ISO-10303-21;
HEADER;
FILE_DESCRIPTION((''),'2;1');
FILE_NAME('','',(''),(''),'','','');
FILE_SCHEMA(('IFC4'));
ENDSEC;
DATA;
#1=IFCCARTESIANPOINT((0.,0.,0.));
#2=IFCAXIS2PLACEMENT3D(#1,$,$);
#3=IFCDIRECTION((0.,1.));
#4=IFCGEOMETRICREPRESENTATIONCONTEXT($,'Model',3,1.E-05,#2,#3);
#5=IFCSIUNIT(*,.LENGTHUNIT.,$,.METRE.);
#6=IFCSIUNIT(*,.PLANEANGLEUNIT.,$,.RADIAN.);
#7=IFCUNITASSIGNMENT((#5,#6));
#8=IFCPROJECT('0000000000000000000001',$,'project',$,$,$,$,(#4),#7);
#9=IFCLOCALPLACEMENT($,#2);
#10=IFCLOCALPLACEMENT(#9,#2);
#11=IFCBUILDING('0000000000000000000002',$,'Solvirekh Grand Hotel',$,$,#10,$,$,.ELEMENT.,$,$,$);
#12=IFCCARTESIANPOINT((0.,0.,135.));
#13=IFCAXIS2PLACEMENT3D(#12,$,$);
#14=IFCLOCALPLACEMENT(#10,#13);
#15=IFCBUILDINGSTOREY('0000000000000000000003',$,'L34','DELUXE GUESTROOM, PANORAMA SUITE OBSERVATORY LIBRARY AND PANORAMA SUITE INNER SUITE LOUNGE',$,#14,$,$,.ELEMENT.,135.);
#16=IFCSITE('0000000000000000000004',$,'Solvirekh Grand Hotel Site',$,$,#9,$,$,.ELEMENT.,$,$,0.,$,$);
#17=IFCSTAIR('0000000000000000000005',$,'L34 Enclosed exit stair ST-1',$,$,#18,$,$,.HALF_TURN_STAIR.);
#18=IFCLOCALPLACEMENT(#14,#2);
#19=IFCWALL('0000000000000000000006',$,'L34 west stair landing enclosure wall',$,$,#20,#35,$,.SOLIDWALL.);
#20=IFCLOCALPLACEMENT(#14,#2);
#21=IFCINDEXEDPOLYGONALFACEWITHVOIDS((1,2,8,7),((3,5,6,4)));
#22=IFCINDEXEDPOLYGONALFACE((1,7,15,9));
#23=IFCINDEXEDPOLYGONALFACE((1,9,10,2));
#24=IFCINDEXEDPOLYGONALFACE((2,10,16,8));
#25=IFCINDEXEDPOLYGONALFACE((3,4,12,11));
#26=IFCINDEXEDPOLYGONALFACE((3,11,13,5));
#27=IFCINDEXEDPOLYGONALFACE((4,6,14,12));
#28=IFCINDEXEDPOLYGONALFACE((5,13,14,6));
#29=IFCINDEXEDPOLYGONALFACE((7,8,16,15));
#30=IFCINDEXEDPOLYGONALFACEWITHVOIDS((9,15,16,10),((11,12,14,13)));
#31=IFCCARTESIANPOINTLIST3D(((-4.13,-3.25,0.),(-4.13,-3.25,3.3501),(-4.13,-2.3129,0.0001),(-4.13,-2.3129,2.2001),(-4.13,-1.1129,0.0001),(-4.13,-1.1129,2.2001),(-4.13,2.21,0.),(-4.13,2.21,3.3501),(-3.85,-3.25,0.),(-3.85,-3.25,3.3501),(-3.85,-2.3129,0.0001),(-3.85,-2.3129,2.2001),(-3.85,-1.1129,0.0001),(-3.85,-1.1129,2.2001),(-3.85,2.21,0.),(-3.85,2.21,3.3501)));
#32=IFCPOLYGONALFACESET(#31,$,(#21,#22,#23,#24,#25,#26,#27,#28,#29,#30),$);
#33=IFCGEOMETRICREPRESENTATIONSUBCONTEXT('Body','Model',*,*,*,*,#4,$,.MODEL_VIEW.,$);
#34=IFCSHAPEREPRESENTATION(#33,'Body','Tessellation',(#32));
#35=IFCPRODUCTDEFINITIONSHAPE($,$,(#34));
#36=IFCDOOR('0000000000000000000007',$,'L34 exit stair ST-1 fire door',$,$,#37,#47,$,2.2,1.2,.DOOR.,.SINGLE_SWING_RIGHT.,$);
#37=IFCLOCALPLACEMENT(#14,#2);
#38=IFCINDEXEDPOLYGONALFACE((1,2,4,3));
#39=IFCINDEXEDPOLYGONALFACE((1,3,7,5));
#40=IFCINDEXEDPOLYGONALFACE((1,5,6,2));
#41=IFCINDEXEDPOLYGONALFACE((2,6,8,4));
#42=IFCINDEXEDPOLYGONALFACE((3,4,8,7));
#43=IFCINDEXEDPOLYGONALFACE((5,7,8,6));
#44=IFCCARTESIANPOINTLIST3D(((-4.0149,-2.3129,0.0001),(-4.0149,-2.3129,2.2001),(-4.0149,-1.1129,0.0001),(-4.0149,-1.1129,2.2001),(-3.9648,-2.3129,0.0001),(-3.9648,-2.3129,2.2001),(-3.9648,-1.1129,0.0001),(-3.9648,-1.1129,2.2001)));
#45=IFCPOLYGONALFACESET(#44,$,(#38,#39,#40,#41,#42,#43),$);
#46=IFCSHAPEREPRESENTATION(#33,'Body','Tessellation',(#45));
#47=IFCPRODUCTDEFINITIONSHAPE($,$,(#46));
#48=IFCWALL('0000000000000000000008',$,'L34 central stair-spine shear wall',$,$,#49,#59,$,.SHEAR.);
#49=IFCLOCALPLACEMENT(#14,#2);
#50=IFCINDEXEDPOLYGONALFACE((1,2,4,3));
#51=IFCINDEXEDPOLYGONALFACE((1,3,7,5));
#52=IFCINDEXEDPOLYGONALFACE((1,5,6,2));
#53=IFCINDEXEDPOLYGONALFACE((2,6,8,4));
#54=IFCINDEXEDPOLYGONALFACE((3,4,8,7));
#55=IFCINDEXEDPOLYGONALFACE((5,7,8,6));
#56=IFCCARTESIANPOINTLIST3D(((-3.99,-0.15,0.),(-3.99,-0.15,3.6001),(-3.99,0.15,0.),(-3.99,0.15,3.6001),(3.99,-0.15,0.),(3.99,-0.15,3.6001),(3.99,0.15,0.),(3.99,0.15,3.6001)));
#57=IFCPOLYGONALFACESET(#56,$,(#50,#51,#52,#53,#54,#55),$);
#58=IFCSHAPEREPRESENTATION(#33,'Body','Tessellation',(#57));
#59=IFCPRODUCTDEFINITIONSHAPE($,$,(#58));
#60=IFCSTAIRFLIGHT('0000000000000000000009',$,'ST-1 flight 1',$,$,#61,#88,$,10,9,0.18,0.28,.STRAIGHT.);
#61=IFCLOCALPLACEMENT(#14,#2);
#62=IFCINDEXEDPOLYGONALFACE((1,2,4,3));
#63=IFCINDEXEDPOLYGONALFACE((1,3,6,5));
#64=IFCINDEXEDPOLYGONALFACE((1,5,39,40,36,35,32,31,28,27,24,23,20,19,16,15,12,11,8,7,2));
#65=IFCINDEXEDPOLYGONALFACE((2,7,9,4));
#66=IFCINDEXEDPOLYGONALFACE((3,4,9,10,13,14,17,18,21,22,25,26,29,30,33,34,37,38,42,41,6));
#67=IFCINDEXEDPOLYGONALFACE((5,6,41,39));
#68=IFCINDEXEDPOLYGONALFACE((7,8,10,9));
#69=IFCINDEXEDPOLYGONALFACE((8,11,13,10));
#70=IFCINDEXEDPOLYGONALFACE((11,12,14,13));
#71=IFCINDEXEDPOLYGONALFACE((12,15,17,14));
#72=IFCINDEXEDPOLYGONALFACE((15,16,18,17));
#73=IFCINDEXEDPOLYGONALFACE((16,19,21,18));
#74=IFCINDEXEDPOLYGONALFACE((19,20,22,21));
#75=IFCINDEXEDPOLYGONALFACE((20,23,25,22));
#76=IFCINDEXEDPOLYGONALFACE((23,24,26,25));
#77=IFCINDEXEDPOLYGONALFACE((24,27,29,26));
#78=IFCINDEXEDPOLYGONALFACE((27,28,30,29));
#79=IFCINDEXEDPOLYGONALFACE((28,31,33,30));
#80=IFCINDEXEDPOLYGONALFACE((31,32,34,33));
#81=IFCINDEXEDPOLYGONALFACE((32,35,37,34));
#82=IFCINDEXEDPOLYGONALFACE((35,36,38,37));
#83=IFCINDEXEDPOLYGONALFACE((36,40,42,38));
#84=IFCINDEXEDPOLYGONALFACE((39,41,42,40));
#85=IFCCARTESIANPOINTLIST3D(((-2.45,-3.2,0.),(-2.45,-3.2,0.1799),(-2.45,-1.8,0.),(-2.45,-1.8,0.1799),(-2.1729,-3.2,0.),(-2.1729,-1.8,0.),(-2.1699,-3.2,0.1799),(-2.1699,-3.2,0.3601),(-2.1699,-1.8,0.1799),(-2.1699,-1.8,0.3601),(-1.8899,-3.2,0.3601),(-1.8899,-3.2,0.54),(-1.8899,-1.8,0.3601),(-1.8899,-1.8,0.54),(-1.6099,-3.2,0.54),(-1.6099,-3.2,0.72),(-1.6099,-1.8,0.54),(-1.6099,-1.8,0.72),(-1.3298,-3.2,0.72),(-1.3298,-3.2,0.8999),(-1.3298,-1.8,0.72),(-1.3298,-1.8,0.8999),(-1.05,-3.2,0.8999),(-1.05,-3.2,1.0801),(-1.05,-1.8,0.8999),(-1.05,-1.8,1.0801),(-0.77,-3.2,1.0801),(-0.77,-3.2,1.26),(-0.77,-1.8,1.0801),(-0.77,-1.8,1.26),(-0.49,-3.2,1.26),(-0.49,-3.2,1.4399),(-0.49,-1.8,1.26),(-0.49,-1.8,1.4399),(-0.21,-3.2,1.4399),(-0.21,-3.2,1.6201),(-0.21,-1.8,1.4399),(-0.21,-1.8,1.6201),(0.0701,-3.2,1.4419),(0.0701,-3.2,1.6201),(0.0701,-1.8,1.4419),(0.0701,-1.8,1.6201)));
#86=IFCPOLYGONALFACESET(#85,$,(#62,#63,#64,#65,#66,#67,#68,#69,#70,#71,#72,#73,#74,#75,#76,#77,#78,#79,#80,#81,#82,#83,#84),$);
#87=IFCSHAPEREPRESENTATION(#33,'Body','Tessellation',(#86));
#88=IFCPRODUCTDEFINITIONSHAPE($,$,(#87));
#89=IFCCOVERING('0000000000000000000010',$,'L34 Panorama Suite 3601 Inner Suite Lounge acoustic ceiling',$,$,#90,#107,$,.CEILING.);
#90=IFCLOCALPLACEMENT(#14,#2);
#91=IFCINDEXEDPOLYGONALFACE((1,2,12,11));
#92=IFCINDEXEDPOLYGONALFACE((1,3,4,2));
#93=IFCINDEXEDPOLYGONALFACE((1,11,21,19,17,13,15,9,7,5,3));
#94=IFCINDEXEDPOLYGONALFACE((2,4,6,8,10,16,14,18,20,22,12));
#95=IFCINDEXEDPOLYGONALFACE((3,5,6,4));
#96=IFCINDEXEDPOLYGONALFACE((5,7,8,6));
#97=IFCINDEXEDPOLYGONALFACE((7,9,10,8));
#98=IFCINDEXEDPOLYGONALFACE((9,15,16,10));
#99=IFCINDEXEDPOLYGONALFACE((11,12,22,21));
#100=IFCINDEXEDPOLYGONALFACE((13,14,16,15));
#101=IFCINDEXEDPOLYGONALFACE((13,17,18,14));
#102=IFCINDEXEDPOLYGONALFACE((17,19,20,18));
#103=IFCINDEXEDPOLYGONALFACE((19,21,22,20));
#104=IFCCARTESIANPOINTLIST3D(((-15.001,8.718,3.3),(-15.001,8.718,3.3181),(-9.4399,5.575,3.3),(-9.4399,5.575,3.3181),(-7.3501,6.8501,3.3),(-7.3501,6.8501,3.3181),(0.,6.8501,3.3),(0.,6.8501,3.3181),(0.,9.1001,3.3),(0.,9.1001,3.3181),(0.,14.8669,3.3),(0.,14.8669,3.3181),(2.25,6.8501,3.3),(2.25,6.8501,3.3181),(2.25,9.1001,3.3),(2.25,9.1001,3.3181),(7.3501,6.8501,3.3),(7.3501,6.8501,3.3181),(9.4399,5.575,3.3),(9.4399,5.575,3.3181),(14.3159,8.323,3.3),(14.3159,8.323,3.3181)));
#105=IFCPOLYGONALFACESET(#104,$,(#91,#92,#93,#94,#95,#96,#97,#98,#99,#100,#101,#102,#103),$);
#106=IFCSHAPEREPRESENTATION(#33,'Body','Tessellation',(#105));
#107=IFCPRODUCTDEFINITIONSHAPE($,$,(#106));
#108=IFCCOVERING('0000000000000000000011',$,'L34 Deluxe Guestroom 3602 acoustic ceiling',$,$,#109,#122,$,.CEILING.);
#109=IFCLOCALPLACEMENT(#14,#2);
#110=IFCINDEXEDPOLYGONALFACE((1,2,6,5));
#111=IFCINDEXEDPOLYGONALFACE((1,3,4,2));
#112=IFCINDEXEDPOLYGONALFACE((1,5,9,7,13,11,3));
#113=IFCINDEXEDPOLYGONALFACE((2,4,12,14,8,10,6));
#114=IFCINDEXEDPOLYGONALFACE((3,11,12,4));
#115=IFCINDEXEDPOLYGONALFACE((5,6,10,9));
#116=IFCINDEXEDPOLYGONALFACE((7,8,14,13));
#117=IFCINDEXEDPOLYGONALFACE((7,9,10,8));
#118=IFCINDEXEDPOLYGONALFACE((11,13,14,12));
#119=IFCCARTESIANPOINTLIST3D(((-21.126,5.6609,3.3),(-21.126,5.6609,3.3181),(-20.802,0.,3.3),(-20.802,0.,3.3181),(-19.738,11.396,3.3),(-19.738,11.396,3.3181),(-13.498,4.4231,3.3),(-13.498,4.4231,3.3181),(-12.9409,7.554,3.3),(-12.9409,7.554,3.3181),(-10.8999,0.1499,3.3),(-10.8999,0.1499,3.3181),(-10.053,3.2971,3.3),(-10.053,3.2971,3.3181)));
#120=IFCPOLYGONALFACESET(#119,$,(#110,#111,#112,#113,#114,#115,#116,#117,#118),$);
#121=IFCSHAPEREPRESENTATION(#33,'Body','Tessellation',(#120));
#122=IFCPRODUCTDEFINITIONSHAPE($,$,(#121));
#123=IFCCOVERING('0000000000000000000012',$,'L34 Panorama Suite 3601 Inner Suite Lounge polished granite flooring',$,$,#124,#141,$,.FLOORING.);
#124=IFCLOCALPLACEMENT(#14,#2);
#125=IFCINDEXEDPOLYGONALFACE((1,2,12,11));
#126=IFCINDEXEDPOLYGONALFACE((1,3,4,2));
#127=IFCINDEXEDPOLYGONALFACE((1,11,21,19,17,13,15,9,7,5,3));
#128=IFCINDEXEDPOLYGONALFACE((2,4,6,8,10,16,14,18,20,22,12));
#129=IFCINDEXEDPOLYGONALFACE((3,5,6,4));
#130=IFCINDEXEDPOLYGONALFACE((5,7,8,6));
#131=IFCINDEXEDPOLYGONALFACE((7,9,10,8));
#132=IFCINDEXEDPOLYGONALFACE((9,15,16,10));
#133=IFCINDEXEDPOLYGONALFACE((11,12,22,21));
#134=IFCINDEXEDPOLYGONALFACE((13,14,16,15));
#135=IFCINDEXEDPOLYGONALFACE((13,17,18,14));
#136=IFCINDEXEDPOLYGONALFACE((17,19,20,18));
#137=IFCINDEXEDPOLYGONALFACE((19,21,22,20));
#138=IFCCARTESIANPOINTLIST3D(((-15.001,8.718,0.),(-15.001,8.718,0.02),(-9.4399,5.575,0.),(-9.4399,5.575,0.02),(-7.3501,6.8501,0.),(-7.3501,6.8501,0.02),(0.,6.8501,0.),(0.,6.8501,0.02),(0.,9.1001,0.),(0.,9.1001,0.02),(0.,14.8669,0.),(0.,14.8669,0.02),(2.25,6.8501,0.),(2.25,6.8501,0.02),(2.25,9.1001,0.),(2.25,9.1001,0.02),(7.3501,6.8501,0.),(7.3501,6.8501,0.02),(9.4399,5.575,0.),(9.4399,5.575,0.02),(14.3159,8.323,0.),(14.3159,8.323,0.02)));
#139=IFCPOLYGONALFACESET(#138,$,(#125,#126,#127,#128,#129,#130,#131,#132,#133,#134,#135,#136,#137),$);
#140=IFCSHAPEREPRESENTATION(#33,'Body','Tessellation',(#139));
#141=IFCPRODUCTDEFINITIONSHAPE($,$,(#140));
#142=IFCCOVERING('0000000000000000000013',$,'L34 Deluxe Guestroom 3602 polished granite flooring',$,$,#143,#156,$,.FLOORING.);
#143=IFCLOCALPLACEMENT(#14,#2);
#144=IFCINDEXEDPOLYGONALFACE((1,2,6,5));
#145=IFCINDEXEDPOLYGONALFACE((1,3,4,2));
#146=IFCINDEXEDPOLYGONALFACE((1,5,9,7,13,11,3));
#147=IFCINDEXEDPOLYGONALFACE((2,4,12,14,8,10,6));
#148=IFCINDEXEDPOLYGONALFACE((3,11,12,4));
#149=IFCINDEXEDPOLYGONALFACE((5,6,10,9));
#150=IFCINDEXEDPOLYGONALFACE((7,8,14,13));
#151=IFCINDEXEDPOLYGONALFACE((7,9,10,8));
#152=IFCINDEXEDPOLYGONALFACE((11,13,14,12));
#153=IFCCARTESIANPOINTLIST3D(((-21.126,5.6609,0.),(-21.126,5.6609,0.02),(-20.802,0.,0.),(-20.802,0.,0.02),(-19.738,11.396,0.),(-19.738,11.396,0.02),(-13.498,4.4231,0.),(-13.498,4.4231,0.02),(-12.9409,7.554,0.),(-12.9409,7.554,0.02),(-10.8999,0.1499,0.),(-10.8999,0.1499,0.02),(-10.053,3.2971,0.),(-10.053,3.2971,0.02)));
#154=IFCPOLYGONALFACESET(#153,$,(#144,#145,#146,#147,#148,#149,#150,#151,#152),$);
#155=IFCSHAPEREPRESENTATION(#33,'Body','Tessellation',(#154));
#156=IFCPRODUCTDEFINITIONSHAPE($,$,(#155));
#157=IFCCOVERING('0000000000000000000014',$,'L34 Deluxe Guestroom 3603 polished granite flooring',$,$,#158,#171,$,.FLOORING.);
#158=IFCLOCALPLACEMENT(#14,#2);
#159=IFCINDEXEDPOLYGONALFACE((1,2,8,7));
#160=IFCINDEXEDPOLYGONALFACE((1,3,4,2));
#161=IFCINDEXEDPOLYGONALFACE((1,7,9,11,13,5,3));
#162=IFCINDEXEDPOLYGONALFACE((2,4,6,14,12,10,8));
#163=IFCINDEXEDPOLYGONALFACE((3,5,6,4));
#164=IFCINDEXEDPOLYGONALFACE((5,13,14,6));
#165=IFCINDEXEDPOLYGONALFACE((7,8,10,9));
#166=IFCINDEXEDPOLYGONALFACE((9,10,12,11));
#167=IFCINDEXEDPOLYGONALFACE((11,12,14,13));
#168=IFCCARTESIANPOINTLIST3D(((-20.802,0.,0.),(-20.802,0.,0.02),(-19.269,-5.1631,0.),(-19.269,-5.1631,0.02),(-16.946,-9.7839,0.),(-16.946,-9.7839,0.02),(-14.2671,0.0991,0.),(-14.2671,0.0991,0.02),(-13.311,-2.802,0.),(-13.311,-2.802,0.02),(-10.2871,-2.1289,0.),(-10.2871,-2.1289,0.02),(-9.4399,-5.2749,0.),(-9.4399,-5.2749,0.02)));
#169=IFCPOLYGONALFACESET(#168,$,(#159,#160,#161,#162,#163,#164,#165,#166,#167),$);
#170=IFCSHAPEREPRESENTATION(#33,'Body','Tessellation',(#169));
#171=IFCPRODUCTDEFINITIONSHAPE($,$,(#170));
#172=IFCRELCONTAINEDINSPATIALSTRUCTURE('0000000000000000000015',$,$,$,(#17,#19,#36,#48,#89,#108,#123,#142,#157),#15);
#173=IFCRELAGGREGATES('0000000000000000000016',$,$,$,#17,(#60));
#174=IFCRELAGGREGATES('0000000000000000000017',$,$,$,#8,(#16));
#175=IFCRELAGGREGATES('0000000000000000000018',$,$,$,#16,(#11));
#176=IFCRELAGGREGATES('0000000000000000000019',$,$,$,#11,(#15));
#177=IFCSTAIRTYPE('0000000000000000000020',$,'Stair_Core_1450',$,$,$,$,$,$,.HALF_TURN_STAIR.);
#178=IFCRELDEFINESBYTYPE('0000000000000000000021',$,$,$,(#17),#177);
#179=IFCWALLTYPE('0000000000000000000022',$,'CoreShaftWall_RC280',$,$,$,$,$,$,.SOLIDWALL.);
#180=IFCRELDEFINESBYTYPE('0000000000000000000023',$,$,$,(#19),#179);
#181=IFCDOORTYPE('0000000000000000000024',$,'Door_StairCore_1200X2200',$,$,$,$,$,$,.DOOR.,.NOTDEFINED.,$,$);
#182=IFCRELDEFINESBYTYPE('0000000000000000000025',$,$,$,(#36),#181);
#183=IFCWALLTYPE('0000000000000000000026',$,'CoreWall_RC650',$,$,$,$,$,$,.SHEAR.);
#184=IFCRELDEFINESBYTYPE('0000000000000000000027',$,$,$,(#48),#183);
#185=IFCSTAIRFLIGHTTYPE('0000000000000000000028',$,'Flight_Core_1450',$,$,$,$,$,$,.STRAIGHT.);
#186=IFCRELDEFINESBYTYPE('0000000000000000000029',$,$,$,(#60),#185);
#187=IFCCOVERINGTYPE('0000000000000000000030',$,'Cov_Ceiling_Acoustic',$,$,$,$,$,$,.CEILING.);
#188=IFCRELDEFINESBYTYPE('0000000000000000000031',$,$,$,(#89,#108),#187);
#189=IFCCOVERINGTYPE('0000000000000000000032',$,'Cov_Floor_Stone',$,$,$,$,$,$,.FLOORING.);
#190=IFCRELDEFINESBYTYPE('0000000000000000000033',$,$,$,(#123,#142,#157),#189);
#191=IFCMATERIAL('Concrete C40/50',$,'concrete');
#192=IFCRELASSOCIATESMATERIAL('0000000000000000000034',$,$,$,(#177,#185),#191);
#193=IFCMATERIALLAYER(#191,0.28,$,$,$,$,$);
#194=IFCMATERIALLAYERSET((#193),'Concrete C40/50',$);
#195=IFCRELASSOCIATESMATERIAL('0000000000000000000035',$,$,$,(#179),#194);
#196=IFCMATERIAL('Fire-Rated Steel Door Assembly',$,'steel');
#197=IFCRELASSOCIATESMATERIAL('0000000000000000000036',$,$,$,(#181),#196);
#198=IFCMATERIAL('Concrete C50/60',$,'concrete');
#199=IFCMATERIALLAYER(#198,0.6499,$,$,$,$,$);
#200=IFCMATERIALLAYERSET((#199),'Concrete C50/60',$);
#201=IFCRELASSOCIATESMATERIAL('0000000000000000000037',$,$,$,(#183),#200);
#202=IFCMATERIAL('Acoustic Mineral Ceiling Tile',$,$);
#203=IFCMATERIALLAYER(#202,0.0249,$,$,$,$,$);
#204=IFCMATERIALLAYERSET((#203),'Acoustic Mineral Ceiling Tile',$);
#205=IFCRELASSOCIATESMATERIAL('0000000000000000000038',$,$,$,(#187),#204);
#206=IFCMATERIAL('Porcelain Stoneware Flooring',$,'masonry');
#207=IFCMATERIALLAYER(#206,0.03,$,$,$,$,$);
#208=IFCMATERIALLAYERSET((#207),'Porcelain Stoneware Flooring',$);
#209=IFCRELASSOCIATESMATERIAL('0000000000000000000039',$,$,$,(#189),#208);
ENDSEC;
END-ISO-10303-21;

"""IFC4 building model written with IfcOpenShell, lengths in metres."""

from ifc_helpers import new_model, si_unit, direction, frame, frame_2d, origin, place, context, subcontext, project, spatial, polyline, rectangle, outline, extrude, material, layer, layer_set, type_object, element, fill, aggregate, save


model = new_model("IFC4")

# Units and contexts
model_context = context("Model", 3, precision=1e-05, world=origin(), true_north=direction((0.0, 1.0)))
body_context = subcontext(model_context, "Body", "Model", "MODEL_VIEW")
ifc_project = project(units=[si_unit("LENGTHUNIT", "METRE"), si_unit("PLANEANGLEUNIT", "RADIAN")], contexts=[model_context])

# Site, building, storey
site_placement = place(None, origin())
site = spatial("IfcSite", under=ifc_project, at=site_placement, Name="Solvirekh Grand Hotel Site", CompositionType="ELEMENT", RefElevation=0.0)
building_placement = place(site_placement, origin())
building = spatial("IfcBuilding", under=site, at=building_placement, Name="Solvirekh Grand Hotel", CompositionType="ELEMENT")
storey_placement = place(building_placement, frame((0.0, 0.0, 135.0)))
storey = spatial("IfcBuildingStorey", under=building, at=storey_placement, Name="L34", Description="DELUXE GUESTROOM, PANORAMA SUITE OBSERVATORY LIBRARY AND PANORAMA SUITE INNER SUITE LOUNGE", CompositionType="ELEMENT", Elevation=135.0)

# Shared definitions
ifc_material_1 = material(Name="Concrete C50/60", Category="concrete")

# Stair
ifc_material_2 = material(Name="Concrete C40/50", Category="concrete")
stair_type = type_object("IfcStairType", Name="Stair_Core_1450", PredefinedType="HALF_TURN_STAIR", material=ifc_material_2)
stair_1_placement = place(storey_placement, origin())
stair_1 = element("IfcStair", 1, at=stair_1_placement, inside=storey, type_object=stair_type, Name="L34 Enclosed exit stair ST-1", PredefinedType="HALF_TURN_STAIR")

# Wall, opening, door
ifc_layer_1 = layer(ifc_material_2, 0.28)
ifc_layer_set_1 = layer_set([ifc_layer_1], Name="Concrete C40/50")
wall_type_1 = type_object("IfcWallType", Name="CoreShaftWall_RC280", PredefinedType="SOLIDWALL", material=ifc_layer_set_1)
wall_1_placement = place(storey_placement, frame((-3.99, -3.25, 0.0), z_axis=(0.0, 0.0, 1.0), x_axis=(0.0, 1.0, 0.0)))
wall_1 = element("IfcWall", 2, at=wall_1_placement, inside=storey, type_object=wall_type_1, Name="L34 west stair landing enclosure wall", PredefinedType="SOLIDWALL", context=body_context, shape_type="SweptSolid", body=[
    extrude(rectangle(XDim=5.46, YDim=0.28, at=frame_2d((2.73, 0.0))), origin(), (0.0, 0.0, 1.0), 3.3501),
])
opening_placement = place(wall_1_placement, frame((0.937, 0.0, 0.0)))
opening = element("IfcOpeningElement", 3, at=opening_placement, cuts=wall_1, PredefinedType="OPENING", context=body_context, shape_type="SweptSolid", body=[
    extrude(rectangle(XDim=1.2, YDim=2.2, at=frame_2d((0.6001, 1.1001))), frame((0.0, 0.1499, 0.0), z_axis=(0.0, -1.0, 0.0), x_axis=(1.0, 0.0, 0.0)), (0.0, 0.0, 1.0), 0.3),
])
ifc_material_3 = material(Name="Fire-Rated Steel Door Assembly", Category="steel")
door_type = type_object("IfcDoorType", Name="Door_StairCore_1200X2200", OperationType="NOTDEFINED", PredefinedType="DOOR", material=ifc_material_3)
door_placement = place(opening_placement, origin())
door = element("IfcDoor", 4, at=door_placement, inside=storey, type_object=door_type, Name="L34 exit stair ST-1 fire door", OperationType="SINGLE_SWING_RIGHT", OverallHeight=2.2, OverallWidth=1.2, PredefinedType="DOOR", context=body_context, shape_type="SweptSolid", body=[
    extrude(rectangle(XDim=1.2, YDim=2.2, at=frame_2d((0.6001, 1.1001))), frame((0.0, 0.0249, 0.0), z_axis=(0.0, -1.0, 0.0), x_axis=(1.0, 0.0, 0.0)), (0.0, 0.0, 1.0), 0.05),
])
fill(opening, door)

# Wall
ifc_layer_2 = layer(ifc_material_1, 0.6499)
ifc_layer_set_2 = layer_set([ifc_layer_2], Name="Concrete C50/60")
wall_type_2 = type_object("IfcWallType", Name="CoreWall_RC650", PredefinedType="SHEAR", material=ifc_layer_set_2)
wall_2_placement = place(storey_placement, frame((-3.99, 0.0, 0.0), z_axis=(0.0, 0.0, 1.0), x_axis=(1.0, 0.0, 0.0)))
element("IfcWall", 5, at=wall_2_placement, inside=storey, type_object=wall_type_2, Name="L34 central stair-spine shear wall", PredefinedType="SHEAR", context=body_context, shape_type="SweptSolid", body=[
    extrude(rectangle(XDim=7.98, YDim=0.3, at=frame_2d((3.99, 0.0))), origin(), (0.0, 0.0, 1.0), 3.6001),
])

# Stair flight
stair_flight_type = type_object("IfcStairFlightType", Name="Flight_Core_1450", PredefinedType="STRAIGHT", material=ifc_material_2)
stair_flight_placement = place(storey_placement, frame((-2.45, -2.5, 0.0), z_axis=(0.0, 0.0, 1.0), x_axis=(1.0, 0.0, 0.0)))
stair_flight = element("IfcStairFlight", 6, at=stair_flight_placement, type_object=stair_flight_type, Name="ST-1 flight 1", NumberOfRisers=10, NumberOfTreads=9, PredefinedType="STRAIGHT", RiserHeight=0.18, TreadLength=0.28, context=body_context, shape_type="SweptSolid", body=[
    extrude(outline(polyline([(0.0, 0.0), (0.0, 0.1799), (0.28, 0.1799), (0.28, 0.3601), (0.5601, 0.3601), (0.5601, 0.54), (0.8401, 0.54), (0.8401, 0.72), (1.1201, 0.72), (1.1201, 0.8999), (1.3999, 0.8999), (1.3999, 1.0801), (1.6799, 1.0801), (1.6799, 1.26), (1.96, 1.26), (1.96, 1.4399), (2.24, 1.4399), (2.24, 1.6201), (2.52, 1.6201), (2.52, 1.8), (2.52, 1.4419), (0.2771, 0.0), (0.0, 0.0)])), frame((0.0, 0.7, 0.0), z_axis=(0.0, -1.0, 0.0), x_axis=(1.0, 0.0, 0.0)), (0.0, 0.0, 1.0), 1.3999),
])
aggregate(stair_1, [stair_flight])

# Coverings
ifc_material_4 = material(Name="Acoustic Mineral Ceiling Tile")
ifc_layer_3 = layer(ifc_material_4, 0.0249)
ifc_layer_set_3 = layer_set([ifc_layer_3], Name="Acoustic Mineral Ceiling Tile")
covering_type_1 = type_object("IfcCoveringType", Name="Cov_Ceiling_Acoustic", PredefinedType="CEILING", material=ifc_layer_set_3)
covering_1_placement = place(storey_placement, frame((0.0, 0.0, 3.3)))
element("IfcCovering", 7, at=covering_1_placement, inside=storey, type_object=covering_type_1, Name="L34 Panorama Suite 3601 Inner Suite Lounge acoustic ceiling", PredefinedType="CEILING", context=body_context, shape_type="SweptSolid", body=[
    extrude(outline(polyline([(0.0, 6.8501), (0.0, 9.1001), (2.25, 9.1001), (2.25, 6.8501), (7.3501, 6.8501), (9.4399, 5.575), (14.3159, 8.323), (0.0, 14.8669), (-15.001, 8.718), (-9.4399, 5.575), (-7.3501, 6.8501), (0.0, 6.8501)])), origin(), (0.0, 0.0, 1.0), 0.0181),
])
covering_2_placement = place(storey_placement, frame((0.0, 0.0, 3.3)))
element("IfcCovering", 8, at=covering_2_placement, inside=storey, type_object=covering_type_1, Name="L34 Deluxe Guestroom 3602 acoustic ceiling", PredefinedType="CEILING", context=body_context, shape_type="SweptSolid", body=[
    extrude(outline(polyline([(-13.498, 4.4231), (-12.9409, 7.554), (-19.738, 11.396), (-21.126, 5.6609), (-20.802, 0.0), (-10.8999, 0.1499), (-10.053, 3.2971), (-13.498, 4.4231)])), origin(), (0.0, 0.0, 1.0), 0.0181),
])
ifc_material_5 = material(Name="Porcelain Stoneware Flooring", Category="masonry")
ifc_layer_4 = layer(ifc_material_5, 0.03)
ifc_layer_set_4 = layer_set([ifc_layer_4], Name="Porcelain Stoneware Flooring")
covering_type_2 = type_object("IfcCoveringType", Name="Cov_Floor_Stone", PredefinedType="FLOORING", material=ifc_layer_set_4)
covering_3_placement = place(storey_placement, origin())
element("IfcCovering", 9, at=covering_3_placement, inside=storey, type_object=covering_type_2, Name="L34 Panorama Suite 3601 Inner Suite Lounge polished granite flooring", PredefinedType="FLOORING", context=body_context, shape_type="SweptSolid", body=[
    extrude(outline(polyline([(0.0, 6.8501), (0.0, 9.1001), (2.25, 9.1001), (2.25, 6.8501), (7.3501, 6.8501), (9.4399, 5.575), (14.3159, 8.323), (0.0, 14.8669), (-15.001, 8.718), (-9.4399, 5.575), (-7.3501, 6.8501), (0.0, 6.8501)])), origin(), (0.0, 0.0, 1.0), 0.02),
])
covering_4_placement = place(storey_placement, origin())
element("IfcCovering", 10, at=covering_4_placement, inside=storey, type_object=covering_type_2, Name="L34 Deluxe Guestroom 3602 polished granite flooring", PredefinedType="FLOORING", context=body_context, shape_type="SweptSolid", body=[
    extrude(outline(polyline([(-13.498, 4.4231), (-12.9409, 7.554), (-19.738, 11.396), (-21.126, 5.6609), (-20.802, 0.0), (-10.8999, 0.1499), (-10.053, 3.2971), (-13.498, 4.4231)])), origin(), (0.0, 0.0, 1.0), 0.02),
])
covering_5_placement = place(storey_placement, origin())
element("IfcCovering", 11, at=covering_5_placement, inside=storey, type_object=covering_type_2, Name="L34 Deluxe Guestroom 3603 polished granite flooring", PredefinedType="FLOORING", context=body_context, shape_type="SweptSolid", body=[
    extrude(outline(polyline([(-13.311, -2.802), (-14.2671, 0.0991), (-20.802, 0.0), (-19.269, -5.1631), (-16.946, -9.7839), (-9.4399, -5.2749), (-10.2871, -2.1289), (-13.311, -2.802)])), origin(), (0.0, 0.0, 1.0), 0.02),
])

save(model, "model.ifc")
